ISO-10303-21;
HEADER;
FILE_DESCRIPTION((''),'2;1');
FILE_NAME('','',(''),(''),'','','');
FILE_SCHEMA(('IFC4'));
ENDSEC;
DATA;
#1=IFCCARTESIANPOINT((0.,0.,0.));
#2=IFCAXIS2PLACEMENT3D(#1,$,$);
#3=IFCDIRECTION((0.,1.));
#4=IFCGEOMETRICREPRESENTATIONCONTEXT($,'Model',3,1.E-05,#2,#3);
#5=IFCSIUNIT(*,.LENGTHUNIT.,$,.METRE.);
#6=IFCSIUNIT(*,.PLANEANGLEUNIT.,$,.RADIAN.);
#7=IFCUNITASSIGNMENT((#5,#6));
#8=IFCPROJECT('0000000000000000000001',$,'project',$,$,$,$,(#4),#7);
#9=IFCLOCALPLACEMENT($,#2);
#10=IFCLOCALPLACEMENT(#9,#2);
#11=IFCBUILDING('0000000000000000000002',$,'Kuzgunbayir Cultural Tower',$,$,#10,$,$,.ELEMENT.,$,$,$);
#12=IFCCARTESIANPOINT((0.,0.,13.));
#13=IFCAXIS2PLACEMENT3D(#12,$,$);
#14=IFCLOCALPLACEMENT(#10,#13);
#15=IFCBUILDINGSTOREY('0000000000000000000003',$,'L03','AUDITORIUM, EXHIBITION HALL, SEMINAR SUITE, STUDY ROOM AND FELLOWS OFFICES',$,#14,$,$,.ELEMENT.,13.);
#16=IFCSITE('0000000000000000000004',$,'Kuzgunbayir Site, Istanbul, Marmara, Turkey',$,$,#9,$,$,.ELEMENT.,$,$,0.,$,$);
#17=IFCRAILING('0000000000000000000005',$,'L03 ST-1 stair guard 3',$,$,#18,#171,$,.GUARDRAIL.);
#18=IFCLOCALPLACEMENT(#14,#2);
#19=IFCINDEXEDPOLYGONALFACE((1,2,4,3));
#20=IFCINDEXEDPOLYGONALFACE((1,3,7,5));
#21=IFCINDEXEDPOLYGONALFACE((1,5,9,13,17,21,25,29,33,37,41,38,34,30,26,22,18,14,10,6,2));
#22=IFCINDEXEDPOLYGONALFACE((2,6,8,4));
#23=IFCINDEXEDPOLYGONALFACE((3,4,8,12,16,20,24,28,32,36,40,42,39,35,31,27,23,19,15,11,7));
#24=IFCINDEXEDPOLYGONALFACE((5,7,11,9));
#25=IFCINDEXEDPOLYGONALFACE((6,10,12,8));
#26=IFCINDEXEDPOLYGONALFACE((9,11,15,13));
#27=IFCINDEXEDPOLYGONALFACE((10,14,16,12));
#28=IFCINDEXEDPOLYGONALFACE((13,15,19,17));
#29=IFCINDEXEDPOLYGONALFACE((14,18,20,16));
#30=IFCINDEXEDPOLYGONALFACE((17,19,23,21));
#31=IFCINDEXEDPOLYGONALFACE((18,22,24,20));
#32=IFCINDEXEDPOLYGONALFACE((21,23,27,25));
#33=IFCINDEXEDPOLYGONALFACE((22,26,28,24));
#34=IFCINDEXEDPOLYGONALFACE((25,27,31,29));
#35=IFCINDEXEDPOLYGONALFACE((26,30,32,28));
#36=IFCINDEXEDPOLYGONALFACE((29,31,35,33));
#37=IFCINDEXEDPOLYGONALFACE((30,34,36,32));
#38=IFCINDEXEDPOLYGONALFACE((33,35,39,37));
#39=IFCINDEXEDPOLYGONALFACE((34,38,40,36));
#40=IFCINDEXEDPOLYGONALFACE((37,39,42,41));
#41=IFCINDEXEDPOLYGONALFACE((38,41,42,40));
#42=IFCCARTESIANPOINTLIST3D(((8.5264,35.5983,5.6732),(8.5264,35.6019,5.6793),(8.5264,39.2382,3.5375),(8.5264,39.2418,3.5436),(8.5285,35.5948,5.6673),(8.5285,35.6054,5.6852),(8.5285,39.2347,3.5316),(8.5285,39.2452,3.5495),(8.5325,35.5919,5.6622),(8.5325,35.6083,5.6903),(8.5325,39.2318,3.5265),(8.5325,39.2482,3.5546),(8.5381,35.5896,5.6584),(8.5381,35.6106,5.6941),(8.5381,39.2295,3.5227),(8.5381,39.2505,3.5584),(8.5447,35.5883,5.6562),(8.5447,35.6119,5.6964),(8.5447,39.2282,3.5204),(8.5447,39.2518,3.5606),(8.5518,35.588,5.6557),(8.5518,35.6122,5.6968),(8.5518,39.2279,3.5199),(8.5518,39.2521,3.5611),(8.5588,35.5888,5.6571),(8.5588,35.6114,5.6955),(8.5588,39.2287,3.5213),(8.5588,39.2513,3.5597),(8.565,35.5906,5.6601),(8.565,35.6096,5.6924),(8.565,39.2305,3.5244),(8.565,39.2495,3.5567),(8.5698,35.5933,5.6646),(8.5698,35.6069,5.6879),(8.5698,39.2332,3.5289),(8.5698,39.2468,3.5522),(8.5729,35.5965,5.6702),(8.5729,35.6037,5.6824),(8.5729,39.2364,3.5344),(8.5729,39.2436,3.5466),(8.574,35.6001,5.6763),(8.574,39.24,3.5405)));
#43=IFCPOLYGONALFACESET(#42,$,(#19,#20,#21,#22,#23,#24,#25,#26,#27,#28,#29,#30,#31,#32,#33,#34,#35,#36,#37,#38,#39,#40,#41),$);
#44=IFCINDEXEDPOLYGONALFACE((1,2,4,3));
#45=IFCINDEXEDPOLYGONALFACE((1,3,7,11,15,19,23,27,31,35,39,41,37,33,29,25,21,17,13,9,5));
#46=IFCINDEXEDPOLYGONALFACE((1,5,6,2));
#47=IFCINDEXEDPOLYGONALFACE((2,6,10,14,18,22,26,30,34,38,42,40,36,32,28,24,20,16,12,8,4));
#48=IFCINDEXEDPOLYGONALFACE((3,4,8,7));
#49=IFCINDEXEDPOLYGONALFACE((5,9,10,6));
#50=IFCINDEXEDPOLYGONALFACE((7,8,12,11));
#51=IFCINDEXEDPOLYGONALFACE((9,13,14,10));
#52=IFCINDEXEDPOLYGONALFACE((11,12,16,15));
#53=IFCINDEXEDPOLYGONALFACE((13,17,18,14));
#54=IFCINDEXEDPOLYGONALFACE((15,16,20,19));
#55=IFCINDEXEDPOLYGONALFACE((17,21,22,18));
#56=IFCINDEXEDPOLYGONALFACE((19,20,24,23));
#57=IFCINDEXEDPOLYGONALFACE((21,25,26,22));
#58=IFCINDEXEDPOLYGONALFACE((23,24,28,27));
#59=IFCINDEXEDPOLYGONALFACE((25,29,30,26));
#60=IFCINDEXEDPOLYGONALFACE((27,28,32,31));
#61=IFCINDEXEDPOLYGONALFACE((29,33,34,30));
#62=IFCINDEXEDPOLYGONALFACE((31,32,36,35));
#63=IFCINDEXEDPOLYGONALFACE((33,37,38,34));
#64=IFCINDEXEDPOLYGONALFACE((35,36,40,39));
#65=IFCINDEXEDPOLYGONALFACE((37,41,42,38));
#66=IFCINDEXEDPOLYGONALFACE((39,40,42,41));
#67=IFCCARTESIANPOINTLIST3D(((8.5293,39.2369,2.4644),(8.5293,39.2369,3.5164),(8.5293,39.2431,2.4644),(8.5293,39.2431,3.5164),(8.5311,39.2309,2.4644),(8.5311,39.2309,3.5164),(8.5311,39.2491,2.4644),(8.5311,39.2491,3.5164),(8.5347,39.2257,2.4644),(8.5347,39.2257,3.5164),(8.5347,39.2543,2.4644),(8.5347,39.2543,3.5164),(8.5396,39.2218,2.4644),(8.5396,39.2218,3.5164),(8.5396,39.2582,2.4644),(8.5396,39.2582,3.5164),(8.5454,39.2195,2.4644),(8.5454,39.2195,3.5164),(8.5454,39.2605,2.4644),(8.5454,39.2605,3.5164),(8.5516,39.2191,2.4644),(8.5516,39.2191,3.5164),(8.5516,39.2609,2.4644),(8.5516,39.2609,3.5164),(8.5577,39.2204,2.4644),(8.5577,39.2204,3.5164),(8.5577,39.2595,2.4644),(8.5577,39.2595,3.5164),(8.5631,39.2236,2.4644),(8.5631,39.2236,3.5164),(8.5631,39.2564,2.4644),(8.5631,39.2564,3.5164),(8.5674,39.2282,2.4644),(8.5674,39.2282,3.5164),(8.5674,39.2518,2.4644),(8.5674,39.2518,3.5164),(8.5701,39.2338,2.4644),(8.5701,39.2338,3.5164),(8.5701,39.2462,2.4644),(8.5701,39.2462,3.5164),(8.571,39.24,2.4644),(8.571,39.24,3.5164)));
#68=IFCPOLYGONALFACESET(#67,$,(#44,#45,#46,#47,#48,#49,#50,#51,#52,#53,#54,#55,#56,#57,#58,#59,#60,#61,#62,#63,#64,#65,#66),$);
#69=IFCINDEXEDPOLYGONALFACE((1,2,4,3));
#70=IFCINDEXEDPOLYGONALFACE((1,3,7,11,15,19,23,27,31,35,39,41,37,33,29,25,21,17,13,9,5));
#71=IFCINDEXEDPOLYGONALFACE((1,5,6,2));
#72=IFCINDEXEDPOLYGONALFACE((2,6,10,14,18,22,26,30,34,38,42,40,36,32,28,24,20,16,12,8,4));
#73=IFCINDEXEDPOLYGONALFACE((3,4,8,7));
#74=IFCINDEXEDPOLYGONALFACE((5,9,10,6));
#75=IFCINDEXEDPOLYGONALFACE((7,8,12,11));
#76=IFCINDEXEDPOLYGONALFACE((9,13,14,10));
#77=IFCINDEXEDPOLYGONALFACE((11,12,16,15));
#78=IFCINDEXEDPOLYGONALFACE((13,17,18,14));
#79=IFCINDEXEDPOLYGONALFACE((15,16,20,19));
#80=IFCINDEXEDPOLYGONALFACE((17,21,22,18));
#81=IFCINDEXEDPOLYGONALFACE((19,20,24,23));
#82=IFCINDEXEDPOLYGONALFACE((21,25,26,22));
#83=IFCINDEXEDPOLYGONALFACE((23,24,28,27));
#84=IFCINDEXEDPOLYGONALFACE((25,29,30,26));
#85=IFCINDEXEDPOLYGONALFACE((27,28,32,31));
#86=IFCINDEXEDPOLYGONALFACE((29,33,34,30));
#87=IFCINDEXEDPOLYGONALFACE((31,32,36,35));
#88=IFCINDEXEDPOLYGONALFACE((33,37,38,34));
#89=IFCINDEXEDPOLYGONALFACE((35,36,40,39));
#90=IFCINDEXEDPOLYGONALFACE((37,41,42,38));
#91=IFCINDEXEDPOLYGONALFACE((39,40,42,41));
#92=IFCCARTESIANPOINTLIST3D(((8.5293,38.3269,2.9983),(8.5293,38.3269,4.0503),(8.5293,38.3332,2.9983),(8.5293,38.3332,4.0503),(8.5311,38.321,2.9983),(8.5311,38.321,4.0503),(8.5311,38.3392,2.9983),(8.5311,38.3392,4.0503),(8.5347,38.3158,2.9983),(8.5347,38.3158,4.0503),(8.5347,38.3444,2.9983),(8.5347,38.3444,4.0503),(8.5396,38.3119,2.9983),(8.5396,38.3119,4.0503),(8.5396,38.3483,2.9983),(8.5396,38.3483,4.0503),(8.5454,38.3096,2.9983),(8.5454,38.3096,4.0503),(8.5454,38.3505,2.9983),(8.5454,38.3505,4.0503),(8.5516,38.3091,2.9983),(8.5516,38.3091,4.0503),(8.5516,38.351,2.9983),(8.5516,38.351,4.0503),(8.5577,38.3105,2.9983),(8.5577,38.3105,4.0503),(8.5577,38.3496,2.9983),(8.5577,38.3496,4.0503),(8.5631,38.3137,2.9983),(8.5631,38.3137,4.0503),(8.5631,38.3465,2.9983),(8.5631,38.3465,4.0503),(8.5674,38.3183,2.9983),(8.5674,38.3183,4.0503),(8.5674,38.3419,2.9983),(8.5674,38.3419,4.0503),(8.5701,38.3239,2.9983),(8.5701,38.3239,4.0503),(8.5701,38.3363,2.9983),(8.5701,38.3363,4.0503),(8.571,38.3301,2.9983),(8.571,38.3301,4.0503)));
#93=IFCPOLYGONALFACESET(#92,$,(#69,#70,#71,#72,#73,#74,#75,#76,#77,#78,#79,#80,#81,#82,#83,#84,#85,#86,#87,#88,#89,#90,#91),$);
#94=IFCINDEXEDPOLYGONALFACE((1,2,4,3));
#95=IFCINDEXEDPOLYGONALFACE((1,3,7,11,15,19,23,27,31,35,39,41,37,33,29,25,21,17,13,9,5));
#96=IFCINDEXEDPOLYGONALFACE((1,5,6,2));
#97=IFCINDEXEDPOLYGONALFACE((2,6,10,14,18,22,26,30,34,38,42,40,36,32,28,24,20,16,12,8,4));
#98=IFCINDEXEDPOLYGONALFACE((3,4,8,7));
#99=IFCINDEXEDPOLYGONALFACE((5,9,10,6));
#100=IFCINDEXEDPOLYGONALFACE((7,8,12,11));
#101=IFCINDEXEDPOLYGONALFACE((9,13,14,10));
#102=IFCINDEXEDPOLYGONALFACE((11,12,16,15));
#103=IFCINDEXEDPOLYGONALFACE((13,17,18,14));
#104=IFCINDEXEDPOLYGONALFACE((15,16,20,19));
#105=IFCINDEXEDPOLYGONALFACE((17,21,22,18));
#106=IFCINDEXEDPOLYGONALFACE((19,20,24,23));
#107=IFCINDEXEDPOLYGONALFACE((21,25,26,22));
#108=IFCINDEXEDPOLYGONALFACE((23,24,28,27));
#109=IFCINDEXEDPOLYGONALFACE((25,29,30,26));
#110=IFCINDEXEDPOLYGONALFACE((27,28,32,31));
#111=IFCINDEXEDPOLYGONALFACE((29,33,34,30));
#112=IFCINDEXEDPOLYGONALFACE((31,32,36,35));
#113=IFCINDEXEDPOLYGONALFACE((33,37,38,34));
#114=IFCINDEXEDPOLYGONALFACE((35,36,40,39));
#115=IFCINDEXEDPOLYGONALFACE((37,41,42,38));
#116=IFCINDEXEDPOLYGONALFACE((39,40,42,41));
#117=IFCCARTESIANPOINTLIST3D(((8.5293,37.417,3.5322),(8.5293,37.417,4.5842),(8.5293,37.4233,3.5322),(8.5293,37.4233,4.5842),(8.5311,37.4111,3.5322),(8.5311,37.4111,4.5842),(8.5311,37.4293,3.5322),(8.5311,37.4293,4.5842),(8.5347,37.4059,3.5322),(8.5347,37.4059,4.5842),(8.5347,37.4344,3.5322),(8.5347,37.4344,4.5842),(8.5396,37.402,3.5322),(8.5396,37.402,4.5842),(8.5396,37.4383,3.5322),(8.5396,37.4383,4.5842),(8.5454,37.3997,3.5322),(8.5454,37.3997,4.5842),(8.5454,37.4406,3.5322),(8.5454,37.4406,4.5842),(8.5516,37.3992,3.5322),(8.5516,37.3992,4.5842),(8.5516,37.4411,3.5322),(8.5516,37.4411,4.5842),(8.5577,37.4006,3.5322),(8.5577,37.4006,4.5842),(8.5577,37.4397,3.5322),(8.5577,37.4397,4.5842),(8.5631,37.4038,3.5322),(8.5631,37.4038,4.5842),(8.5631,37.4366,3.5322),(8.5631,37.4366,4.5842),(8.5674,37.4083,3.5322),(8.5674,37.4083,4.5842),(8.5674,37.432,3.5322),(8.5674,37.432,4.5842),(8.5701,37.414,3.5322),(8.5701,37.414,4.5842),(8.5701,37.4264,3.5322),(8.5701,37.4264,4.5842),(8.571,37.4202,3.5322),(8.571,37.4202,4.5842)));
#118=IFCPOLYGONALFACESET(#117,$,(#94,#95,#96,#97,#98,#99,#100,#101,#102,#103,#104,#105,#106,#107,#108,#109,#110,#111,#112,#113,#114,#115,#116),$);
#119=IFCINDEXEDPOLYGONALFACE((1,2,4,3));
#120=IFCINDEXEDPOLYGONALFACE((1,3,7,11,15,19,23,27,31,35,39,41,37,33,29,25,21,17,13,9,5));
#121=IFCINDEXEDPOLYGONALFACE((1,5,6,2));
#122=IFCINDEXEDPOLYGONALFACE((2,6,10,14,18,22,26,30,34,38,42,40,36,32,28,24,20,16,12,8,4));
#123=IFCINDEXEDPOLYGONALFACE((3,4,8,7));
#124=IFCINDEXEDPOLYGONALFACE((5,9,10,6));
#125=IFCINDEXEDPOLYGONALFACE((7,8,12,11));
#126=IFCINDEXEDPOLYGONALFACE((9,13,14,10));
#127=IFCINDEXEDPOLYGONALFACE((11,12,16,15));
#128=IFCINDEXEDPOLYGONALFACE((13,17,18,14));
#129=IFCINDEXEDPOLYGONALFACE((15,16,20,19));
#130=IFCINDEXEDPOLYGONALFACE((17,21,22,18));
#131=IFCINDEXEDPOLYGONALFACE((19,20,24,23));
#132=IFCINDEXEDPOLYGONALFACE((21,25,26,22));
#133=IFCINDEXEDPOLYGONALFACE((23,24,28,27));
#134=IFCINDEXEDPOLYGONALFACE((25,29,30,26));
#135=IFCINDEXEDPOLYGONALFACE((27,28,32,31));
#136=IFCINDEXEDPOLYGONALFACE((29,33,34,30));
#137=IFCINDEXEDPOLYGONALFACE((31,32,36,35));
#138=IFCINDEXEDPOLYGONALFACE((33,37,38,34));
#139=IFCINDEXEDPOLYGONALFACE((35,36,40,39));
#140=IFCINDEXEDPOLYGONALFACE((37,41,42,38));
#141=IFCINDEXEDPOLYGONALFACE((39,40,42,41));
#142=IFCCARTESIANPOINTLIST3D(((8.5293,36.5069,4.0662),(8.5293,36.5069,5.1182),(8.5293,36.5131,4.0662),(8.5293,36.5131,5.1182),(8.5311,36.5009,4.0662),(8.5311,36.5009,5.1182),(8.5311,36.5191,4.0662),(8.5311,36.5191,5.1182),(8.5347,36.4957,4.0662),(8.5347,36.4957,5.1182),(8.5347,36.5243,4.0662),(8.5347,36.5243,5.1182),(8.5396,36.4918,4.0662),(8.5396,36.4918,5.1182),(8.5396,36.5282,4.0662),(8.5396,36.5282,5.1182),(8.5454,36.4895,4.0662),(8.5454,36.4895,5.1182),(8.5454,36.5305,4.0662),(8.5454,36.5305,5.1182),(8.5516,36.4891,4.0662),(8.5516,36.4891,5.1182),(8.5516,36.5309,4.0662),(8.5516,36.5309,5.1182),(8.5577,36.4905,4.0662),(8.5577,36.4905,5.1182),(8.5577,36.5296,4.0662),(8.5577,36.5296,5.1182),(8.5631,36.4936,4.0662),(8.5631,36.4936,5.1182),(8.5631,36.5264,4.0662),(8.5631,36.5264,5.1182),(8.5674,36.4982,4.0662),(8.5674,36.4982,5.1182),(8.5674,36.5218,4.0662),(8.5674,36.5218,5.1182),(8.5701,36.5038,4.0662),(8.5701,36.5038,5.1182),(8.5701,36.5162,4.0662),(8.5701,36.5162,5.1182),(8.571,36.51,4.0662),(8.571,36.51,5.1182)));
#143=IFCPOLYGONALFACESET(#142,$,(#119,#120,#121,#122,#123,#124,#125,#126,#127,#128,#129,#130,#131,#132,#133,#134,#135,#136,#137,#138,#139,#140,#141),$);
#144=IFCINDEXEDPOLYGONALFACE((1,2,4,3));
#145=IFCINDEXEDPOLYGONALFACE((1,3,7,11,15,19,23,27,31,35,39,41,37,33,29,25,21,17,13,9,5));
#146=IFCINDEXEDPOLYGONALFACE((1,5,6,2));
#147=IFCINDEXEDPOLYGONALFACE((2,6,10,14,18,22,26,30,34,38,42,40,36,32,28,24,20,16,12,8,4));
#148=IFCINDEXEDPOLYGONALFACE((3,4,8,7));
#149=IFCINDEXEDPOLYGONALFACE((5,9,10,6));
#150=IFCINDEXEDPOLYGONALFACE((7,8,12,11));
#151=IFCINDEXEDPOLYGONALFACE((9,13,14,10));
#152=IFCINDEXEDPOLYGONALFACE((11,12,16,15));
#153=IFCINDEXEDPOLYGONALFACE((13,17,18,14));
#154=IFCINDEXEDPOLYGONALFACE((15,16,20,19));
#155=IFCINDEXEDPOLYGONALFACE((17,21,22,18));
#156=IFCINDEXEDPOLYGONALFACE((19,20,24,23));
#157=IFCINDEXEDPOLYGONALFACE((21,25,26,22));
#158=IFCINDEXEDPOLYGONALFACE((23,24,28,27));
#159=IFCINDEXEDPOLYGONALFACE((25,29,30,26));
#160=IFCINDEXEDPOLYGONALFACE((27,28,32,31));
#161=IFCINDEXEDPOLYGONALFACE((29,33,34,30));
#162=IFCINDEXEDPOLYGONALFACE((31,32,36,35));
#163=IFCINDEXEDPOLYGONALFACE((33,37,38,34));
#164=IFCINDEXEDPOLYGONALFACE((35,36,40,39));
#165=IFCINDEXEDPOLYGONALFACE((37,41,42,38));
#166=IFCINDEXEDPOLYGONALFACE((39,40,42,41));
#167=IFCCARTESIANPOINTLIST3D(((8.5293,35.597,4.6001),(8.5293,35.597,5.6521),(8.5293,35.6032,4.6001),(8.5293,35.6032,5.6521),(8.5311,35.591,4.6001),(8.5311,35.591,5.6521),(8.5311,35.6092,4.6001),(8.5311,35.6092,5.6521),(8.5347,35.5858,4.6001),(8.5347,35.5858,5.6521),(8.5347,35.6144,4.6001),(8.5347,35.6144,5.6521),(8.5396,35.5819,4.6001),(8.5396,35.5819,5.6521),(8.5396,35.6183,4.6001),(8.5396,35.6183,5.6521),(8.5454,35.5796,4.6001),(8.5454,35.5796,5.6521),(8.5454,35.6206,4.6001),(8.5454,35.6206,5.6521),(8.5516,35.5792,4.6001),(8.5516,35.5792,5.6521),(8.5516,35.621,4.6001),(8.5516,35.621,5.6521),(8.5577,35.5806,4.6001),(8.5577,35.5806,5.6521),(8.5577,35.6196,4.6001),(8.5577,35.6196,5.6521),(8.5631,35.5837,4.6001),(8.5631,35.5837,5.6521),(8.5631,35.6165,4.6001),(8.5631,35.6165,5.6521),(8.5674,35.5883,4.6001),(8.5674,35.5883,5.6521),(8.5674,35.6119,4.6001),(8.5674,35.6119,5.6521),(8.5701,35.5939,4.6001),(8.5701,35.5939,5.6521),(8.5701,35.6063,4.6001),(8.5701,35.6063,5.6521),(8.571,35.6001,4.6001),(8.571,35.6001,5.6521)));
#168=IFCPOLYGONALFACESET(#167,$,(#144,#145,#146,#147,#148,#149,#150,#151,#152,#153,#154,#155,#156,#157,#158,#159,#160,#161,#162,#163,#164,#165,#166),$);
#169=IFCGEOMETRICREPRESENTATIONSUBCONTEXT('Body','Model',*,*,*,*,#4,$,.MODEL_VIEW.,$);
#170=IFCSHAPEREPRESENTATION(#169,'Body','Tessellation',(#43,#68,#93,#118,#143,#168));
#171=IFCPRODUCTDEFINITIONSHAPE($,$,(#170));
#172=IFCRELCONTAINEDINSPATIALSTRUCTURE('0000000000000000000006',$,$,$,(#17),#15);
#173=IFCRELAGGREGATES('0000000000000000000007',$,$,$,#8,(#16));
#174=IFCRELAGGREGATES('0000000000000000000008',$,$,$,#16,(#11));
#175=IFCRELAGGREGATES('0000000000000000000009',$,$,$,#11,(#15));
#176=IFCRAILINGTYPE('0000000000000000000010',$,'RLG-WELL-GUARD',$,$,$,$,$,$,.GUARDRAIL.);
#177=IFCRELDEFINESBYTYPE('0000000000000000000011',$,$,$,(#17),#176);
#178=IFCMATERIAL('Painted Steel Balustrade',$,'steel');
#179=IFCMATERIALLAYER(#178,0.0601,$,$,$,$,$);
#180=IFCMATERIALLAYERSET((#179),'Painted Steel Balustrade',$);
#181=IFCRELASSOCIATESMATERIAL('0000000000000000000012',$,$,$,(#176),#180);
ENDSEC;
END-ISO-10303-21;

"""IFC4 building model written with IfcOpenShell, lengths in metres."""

from ifc_helpers import new_model, si_unit, direction, frame, origin, origin_2d, place, context, subcontext, project, spatial, circle, extrude, material, layer, layer_set, type_object, element, save


model = new_model("IFC4")

# Units and contexts
model_context = context("Model", 3, precision=1e-05, world=origin(), true_north=direction((0.0, 1.0)))
body_context = subcontext(model_context, "Body", "Model", "MODEL_VIEW")
ifc_project = project(units=[si_unit("LENGTHUNIT", "METRE"), si_unit("PLANEANGLEUNIT", "RADIAN")], contexts=[model_context])

# Site, building, storey
site_placement = place(None, origin())
site = spatial("IfcSite", under=ifc_project, at=site_placement, Name="Kuzgunbayir Site, Istanbul, Marmara, Turkey", CompositionType="ELEMENT", RefElevation=0.0)
building_placement = place(site_placement, origin())
building = spatial("IfcBuilding", under=site, at=building_placement, Name="Kuzgunbayir Cultural Tower", CompositionType="ELEMENT")
storey_placement = place(building_placement, frame((0.0, 0.0, 13.0)))
storey = spatial("IfcBuildingStorey", under=building, at=storey_placement, Name="L03", Description="AUDITORIUM, EXHIBITION HALL, SEMINAR SUITE, STUDY ROOM AND FELLOWS OFFICES", CompositionType="ELEMENT", Elevation=13.0)

# Railing
ifc_material_1 = material(Name="Painted Steel Balustrade", Category="steel")
ifc_layer_1 = layer(ifc_material_1, 0.0601)
ifc_layer_set_1 = layer_set([ifc_layer_1], Name="Painted Steel Balustrade")
railing_type_1 = type_object("IfcRailingType", Name="RLG-WELL-GUARD", PredefinedType="GUARDRAIL", material=ifc_layer_set_1)
railing_1_placement = place(storey_placement, frame((8.55, 39.24, 2.4644)))
element("IfcRailing", 1, at=railing_1_placement, inside=storey, type_object=railing_type_1, Name="L03 ST-1 stair guard 3", PredefinedType="GUARDRAIL", context=body_context, shape_type="SweptSolid", body=[
    extrude(circle(Radius=0.0239, at=origin_2d()), frame((0.0, 0.0, 1.0762), z_axis=(0.0, -0.86249, 0.506074), x_axis=(1.0, 0.0, 0.0)), (0.0, 0.0, 1.0), 4.2202),
    extrude(circle(Radius=0.021, at=origin_2d()), origin(), (0.0, 0.0, 1.0), 1.052),
    extrude(circle(Radius=0.021, at=origin_2d()), frame((0.0, -0.9099, 0.5339)), (0.0, 0.0, 1.0), 1.052),
    extrude(circle(Radius=0.021, at=origin_2d()), frame((0.0, -1.8198, 1.0679)), (0.0, 0.0, 1.0), 1.052),
    extrude(circle(Radius=0.021, at=origin_2d()), frame((0.0, -2.73, 1.6018)), (0.0, 0.0, 1.0), 1.052),
    extrude(circle(Radius=0.021, at=origin_2d()), frame((0.0, -3.6399, 2.1357)), (0.0, 0.0, 1.0), 1.052),
])

save(model, "model.ifc")
